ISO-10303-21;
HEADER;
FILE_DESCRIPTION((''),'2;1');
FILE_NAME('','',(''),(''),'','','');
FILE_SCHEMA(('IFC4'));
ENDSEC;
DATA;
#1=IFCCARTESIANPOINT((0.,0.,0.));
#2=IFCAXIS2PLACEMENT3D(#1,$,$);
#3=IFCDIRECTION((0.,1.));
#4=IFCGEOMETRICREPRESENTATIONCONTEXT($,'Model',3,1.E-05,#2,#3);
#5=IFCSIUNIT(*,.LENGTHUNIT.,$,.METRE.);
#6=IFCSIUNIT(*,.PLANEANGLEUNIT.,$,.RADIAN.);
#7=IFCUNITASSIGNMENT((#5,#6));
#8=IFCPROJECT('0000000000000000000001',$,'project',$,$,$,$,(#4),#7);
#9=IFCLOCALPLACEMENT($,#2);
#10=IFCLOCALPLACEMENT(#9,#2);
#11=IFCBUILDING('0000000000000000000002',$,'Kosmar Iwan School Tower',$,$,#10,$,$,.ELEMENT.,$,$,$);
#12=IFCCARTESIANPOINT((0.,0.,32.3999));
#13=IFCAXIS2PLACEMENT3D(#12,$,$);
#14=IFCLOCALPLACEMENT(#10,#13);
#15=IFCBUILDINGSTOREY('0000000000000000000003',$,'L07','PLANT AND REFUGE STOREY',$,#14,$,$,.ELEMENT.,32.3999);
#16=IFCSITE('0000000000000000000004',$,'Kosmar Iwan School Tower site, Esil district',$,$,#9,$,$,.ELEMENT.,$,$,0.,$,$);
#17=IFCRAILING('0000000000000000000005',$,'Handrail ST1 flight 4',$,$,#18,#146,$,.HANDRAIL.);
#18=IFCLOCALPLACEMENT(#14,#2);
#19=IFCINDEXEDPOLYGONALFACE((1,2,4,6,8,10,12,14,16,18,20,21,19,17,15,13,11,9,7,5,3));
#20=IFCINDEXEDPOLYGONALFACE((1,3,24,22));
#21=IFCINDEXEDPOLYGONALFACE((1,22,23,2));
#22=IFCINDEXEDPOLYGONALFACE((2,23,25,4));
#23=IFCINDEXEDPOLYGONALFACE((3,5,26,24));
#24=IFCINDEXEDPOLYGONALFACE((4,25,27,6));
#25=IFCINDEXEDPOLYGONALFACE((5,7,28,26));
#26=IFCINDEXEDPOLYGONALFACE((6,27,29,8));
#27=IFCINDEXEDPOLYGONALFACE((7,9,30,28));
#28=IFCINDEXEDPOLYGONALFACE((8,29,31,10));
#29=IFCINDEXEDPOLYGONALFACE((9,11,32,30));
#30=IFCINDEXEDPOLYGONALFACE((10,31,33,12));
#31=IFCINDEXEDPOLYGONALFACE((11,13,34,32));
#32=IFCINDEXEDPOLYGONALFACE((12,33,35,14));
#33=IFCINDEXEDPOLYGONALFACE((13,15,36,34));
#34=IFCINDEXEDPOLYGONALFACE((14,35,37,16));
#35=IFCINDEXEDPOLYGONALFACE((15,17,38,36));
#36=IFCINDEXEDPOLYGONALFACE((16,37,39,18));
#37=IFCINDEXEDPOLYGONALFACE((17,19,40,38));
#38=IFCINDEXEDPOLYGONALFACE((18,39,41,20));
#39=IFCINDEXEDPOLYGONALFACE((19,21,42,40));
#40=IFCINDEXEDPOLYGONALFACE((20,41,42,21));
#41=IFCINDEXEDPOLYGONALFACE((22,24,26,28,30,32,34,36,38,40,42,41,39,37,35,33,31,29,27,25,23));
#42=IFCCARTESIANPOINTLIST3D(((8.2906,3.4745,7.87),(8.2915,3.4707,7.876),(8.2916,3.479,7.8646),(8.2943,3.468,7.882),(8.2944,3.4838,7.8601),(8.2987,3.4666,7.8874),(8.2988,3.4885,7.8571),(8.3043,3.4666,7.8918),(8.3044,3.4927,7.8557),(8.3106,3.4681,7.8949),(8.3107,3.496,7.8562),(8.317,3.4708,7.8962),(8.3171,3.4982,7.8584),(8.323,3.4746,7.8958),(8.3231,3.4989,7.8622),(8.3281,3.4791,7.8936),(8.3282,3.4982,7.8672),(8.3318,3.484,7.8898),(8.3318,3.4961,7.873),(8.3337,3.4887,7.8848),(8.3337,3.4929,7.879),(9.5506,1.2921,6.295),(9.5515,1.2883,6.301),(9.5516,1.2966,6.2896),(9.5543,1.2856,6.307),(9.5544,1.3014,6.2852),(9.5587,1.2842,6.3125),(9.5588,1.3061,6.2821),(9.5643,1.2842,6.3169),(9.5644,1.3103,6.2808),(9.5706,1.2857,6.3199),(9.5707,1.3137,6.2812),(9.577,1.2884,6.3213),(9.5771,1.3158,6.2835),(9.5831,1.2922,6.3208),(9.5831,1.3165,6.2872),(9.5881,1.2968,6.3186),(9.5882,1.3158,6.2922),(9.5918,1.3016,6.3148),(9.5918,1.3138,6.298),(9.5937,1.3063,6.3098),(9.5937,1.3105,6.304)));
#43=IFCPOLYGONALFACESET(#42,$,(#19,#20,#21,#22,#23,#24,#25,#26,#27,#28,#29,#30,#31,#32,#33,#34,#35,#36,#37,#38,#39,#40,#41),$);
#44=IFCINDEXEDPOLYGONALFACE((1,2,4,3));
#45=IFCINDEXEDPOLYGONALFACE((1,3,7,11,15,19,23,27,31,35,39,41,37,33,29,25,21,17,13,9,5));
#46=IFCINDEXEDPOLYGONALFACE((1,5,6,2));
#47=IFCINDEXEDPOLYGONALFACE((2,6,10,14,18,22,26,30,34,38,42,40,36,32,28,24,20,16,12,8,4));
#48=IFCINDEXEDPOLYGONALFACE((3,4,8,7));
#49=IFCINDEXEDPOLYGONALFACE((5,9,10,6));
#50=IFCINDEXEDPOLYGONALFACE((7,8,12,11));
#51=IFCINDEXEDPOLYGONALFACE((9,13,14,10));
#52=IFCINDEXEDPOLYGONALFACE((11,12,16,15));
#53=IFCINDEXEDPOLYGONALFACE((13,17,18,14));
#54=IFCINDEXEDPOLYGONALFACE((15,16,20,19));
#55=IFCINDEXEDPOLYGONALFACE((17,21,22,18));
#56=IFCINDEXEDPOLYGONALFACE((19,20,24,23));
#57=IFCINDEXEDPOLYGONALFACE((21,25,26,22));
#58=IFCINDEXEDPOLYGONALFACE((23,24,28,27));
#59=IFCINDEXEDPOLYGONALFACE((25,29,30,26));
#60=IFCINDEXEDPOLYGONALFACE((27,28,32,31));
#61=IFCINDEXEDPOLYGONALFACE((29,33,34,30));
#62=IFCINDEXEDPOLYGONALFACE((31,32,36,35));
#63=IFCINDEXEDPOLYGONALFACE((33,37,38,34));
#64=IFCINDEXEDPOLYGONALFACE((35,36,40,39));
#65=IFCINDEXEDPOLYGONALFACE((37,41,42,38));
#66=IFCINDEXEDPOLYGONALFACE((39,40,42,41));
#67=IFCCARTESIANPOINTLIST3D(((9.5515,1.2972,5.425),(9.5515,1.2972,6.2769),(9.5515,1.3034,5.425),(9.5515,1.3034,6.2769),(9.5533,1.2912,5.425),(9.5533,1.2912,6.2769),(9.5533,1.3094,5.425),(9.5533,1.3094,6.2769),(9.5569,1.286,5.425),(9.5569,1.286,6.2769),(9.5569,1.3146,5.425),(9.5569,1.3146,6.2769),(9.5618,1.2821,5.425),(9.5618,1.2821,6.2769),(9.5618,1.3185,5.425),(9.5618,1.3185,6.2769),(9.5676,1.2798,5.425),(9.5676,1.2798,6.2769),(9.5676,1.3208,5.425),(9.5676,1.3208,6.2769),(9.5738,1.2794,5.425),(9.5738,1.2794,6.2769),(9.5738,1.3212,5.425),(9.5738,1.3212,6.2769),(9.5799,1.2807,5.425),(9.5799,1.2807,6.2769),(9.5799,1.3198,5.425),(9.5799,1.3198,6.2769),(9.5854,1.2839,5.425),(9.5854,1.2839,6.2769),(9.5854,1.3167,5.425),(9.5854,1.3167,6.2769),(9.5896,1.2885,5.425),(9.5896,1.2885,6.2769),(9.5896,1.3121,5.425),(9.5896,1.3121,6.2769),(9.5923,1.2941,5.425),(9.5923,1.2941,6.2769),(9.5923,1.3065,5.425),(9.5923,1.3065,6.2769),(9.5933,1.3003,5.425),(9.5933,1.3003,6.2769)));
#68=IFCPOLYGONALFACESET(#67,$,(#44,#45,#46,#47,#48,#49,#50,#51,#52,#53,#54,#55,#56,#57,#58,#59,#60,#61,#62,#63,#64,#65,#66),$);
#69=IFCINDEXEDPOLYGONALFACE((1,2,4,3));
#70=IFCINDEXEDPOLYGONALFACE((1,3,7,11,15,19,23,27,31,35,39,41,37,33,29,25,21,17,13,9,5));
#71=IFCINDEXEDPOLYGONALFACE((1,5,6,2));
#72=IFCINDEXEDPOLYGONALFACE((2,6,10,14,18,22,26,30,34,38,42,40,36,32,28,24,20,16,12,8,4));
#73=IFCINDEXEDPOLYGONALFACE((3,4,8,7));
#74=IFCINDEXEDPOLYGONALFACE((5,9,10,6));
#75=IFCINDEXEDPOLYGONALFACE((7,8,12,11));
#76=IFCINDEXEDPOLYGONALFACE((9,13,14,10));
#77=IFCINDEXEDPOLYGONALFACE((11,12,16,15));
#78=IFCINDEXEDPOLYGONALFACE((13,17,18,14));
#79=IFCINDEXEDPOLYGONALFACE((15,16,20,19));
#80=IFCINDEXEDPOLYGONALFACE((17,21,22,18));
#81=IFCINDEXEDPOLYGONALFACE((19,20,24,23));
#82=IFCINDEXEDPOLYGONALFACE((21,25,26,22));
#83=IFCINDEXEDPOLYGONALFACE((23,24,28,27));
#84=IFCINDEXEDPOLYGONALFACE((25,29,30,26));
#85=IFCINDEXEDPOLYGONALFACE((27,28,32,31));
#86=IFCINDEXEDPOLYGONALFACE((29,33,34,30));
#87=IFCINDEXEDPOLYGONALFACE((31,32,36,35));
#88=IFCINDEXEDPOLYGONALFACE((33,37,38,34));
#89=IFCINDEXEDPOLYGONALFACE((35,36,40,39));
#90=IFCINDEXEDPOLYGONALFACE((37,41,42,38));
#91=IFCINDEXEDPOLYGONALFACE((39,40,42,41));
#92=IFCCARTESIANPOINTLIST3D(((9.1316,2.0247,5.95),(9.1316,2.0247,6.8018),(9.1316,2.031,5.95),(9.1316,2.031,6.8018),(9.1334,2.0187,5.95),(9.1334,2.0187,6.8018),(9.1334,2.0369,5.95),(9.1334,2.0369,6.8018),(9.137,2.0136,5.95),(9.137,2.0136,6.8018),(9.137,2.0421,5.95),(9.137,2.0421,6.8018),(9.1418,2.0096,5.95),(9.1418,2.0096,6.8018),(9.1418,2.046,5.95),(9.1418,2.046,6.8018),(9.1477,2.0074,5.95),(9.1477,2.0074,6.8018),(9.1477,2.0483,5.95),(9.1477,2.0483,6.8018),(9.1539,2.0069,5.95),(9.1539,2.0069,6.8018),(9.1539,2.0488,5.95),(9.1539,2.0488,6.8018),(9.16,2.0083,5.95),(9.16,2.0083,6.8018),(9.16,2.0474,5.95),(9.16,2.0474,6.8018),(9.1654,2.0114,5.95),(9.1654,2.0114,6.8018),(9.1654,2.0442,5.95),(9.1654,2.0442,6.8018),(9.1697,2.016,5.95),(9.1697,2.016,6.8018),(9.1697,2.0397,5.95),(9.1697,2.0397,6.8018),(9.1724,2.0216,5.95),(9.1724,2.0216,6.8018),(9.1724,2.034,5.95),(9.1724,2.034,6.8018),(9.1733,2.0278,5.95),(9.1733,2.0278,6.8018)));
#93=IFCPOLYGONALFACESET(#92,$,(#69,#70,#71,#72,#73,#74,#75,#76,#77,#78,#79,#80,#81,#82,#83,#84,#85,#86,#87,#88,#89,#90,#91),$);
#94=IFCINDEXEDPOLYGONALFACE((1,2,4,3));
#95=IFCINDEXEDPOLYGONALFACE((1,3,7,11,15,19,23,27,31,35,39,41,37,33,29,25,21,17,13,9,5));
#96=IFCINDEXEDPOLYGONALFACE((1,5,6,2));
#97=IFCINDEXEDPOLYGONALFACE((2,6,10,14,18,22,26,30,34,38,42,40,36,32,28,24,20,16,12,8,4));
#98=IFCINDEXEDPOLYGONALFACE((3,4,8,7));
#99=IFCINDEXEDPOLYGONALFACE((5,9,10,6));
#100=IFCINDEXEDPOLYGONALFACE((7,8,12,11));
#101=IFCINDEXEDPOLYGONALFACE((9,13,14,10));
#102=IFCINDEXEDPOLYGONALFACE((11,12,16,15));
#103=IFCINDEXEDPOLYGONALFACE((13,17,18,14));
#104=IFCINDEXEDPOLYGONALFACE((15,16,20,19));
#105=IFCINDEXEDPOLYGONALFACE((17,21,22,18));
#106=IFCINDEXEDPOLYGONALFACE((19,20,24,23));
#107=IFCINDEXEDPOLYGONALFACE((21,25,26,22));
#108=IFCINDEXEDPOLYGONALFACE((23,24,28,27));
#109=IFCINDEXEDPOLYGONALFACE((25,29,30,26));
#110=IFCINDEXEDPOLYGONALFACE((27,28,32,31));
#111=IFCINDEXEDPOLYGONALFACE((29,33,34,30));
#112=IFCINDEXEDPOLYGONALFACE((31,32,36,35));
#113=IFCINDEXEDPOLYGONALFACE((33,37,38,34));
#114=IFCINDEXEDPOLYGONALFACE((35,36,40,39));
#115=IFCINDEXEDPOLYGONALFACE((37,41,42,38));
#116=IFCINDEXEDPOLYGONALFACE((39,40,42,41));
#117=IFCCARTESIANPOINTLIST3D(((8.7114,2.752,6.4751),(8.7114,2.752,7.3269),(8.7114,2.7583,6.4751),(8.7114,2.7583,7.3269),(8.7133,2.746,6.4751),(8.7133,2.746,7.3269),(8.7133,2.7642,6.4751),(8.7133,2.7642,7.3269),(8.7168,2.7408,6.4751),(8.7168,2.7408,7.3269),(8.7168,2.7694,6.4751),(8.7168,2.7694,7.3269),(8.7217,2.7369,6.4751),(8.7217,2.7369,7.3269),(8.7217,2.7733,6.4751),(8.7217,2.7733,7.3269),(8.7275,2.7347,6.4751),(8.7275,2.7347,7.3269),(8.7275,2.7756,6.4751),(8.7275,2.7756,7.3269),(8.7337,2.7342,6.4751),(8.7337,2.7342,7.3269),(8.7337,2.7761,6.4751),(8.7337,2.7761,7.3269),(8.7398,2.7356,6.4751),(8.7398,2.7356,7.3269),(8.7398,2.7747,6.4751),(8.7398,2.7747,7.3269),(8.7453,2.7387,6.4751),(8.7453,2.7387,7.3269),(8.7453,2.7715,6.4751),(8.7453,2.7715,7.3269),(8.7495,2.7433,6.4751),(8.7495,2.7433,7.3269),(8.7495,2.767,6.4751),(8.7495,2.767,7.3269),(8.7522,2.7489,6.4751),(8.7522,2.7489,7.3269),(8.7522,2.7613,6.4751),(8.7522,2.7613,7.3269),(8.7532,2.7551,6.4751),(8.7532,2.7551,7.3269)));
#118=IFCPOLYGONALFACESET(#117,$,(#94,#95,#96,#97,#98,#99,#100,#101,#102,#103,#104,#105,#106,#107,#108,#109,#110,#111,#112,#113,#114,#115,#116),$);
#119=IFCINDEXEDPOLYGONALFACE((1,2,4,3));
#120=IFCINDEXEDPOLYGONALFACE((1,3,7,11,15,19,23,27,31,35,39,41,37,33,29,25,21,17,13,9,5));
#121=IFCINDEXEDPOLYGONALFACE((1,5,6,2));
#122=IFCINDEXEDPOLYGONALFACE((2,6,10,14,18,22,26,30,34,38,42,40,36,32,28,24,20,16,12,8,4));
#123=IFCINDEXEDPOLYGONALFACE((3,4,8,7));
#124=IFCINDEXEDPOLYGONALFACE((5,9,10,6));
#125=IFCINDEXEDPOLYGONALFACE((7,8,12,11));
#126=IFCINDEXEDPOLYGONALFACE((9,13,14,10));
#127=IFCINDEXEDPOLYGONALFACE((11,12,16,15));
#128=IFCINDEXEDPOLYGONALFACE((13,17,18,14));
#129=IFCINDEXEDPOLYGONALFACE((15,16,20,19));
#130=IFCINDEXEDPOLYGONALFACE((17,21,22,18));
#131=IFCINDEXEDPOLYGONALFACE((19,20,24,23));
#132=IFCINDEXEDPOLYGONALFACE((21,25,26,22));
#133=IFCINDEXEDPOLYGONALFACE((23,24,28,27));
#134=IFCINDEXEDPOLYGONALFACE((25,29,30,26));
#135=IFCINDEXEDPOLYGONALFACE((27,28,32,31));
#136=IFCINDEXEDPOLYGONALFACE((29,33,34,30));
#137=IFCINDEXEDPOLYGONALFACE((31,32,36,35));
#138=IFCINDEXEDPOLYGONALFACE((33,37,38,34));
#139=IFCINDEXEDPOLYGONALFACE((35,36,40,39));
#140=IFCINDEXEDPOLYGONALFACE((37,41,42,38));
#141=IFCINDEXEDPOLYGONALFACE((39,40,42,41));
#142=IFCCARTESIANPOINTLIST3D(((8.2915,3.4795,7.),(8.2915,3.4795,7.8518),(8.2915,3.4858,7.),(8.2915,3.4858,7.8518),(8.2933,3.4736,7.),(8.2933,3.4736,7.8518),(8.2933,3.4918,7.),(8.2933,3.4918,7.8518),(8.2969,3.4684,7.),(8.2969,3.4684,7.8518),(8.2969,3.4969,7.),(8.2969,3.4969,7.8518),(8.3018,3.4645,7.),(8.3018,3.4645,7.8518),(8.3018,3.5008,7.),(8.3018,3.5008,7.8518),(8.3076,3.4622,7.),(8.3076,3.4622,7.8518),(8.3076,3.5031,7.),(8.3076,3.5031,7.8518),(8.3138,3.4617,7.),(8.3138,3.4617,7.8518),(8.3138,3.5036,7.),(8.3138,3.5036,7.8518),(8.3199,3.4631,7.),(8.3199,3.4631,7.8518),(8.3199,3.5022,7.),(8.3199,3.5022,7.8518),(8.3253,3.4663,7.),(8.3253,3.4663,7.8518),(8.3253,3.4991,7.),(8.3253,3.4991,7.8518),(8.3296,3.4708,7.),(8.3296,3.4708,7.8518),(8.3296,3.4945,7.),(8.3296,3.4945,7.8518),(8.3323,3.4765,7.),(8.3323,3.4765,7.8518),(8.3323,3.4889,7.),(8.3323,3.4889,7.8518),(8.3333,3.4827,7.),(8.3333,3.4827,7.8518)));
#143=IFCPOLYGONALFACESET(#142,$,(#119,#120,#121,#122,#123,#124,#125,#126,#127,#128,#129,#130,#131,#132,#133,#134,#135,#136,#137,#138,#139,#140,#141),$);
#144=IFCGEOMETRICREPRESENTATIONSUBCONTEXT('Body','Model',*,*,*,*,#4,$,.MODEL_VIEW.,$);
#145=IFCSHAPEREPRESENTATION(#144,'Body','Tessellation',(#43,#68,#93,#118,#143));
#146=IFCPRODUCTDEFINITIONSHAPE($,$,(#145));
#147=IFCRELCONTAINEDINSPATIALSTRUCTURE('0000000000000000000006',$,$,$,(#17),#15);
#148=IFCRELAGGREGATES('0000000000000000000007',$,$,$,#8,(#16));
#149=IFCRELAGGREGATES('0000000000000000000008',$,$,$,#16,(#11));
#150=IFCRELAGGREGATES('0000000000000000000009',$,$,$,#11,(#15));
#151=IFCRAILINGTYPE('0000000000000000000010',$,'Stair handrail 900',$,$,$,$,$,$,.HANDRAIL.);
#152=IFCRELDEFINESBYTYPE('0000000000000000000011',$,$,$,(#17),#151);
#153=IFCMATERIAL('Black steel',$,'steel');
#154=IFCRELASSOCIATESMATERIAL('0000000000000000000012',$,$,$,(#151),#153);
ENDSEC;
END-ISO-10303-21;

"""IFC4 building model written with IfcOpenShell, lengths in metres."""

from ifc_helpers import new_model, si_unit, direction, frame, origin, origin_2d, place, context, subcontext, project, spatial, circle, extrude, material, type_object, element, save


model = new_model("IFC4")

# Units and contexts
model_context = context("Model", 3, precision=1e-05, world=origin(), true_north=direction((0.0, 1.0)))
body_context = subcontext(model_context, "Body", "Model", "MODEL_VIEW")
ifc_project = project(units=[si_unit("LENGTHUNIT", "METRE"), si_unit("PLANEANGLEUNIT", "RADIAN")], contexts=[model_context])

# Site, building, storey
site_placement = place(None, origin())
site = spatial("IfcSite", under=ifc_project, at=site_placement, Name="Kosmar Iwan School Tower site, Esil district", CompositionType="ELEMENT", RefElevation=0.0)
building_placement = place(site_placement, origin())
building = spatial("IfcBuilding", under=site, at=building_placement, Name="Kosmar Iwan School Tower", CompositionType="ELEMENT")
storey_placement = place(building_placement, frame((0.0, 0.0, 32.3999)))
storey = spatial("IfcBuildingStorey", under=building, at=storey_placement, Name="L07", Description="PLANT AND REFUGE STOREY", CompositionType="ELEMENT", Elevation=32.3999)

# Railing
ifc_material_1 = material(Name="Black steel", Category="steel")
railing_type = type_object("IfcRailingType", Name="Stair handrail 900", PredefinedType="HANDRAIL", material=ifc_material_1)
for number, where, name in (
    (1, (9.5723, 1.3003, 5.425), "Handrail ST1 flight 4"),
):
    element("IfcRailing", number, at=place(storey_placement, frame(where)), inside=storey, type_object=railing_type, Name=name, PredefinedType="HANDRAIL", context=body_context, shape_type="SweptSolid", body=[
        extrude(circle(Radius=0.0239, at=origin_2d()), frame((0.0, 0.0, 0.876), z_axis=(-0.424007, 0.734392, 0.529988), x_axis=(-0.866023, -0.500005, 0.0)), (0.0, 0.0, 1.0), 2.9717),
        extrude(circle(Radius=0.021, at=origin_2d()), origin(), (0.0, 0.0, 1.0), 0.8518),
        extrude(circle(Radius=0.021, at=origin_2d()), frame((-0.4199, 0.7275, 0.5249)), (0.0, 0.0, 1.0), 0.8518),
        extrude(circle(Radius=0.021, at=origin_2d()), frame((-0.8401, 1.4548, 1.05)), (0.0, 0.0, 1.0), 0.8518),
        extrude(circle(Radius=0.021, at=origin_2d()), frame((-1.26, 2.1824, 1.575)), (0.0, 0.0, 1.0), 0.8518),
    ])

save(model, "model.ifc")
